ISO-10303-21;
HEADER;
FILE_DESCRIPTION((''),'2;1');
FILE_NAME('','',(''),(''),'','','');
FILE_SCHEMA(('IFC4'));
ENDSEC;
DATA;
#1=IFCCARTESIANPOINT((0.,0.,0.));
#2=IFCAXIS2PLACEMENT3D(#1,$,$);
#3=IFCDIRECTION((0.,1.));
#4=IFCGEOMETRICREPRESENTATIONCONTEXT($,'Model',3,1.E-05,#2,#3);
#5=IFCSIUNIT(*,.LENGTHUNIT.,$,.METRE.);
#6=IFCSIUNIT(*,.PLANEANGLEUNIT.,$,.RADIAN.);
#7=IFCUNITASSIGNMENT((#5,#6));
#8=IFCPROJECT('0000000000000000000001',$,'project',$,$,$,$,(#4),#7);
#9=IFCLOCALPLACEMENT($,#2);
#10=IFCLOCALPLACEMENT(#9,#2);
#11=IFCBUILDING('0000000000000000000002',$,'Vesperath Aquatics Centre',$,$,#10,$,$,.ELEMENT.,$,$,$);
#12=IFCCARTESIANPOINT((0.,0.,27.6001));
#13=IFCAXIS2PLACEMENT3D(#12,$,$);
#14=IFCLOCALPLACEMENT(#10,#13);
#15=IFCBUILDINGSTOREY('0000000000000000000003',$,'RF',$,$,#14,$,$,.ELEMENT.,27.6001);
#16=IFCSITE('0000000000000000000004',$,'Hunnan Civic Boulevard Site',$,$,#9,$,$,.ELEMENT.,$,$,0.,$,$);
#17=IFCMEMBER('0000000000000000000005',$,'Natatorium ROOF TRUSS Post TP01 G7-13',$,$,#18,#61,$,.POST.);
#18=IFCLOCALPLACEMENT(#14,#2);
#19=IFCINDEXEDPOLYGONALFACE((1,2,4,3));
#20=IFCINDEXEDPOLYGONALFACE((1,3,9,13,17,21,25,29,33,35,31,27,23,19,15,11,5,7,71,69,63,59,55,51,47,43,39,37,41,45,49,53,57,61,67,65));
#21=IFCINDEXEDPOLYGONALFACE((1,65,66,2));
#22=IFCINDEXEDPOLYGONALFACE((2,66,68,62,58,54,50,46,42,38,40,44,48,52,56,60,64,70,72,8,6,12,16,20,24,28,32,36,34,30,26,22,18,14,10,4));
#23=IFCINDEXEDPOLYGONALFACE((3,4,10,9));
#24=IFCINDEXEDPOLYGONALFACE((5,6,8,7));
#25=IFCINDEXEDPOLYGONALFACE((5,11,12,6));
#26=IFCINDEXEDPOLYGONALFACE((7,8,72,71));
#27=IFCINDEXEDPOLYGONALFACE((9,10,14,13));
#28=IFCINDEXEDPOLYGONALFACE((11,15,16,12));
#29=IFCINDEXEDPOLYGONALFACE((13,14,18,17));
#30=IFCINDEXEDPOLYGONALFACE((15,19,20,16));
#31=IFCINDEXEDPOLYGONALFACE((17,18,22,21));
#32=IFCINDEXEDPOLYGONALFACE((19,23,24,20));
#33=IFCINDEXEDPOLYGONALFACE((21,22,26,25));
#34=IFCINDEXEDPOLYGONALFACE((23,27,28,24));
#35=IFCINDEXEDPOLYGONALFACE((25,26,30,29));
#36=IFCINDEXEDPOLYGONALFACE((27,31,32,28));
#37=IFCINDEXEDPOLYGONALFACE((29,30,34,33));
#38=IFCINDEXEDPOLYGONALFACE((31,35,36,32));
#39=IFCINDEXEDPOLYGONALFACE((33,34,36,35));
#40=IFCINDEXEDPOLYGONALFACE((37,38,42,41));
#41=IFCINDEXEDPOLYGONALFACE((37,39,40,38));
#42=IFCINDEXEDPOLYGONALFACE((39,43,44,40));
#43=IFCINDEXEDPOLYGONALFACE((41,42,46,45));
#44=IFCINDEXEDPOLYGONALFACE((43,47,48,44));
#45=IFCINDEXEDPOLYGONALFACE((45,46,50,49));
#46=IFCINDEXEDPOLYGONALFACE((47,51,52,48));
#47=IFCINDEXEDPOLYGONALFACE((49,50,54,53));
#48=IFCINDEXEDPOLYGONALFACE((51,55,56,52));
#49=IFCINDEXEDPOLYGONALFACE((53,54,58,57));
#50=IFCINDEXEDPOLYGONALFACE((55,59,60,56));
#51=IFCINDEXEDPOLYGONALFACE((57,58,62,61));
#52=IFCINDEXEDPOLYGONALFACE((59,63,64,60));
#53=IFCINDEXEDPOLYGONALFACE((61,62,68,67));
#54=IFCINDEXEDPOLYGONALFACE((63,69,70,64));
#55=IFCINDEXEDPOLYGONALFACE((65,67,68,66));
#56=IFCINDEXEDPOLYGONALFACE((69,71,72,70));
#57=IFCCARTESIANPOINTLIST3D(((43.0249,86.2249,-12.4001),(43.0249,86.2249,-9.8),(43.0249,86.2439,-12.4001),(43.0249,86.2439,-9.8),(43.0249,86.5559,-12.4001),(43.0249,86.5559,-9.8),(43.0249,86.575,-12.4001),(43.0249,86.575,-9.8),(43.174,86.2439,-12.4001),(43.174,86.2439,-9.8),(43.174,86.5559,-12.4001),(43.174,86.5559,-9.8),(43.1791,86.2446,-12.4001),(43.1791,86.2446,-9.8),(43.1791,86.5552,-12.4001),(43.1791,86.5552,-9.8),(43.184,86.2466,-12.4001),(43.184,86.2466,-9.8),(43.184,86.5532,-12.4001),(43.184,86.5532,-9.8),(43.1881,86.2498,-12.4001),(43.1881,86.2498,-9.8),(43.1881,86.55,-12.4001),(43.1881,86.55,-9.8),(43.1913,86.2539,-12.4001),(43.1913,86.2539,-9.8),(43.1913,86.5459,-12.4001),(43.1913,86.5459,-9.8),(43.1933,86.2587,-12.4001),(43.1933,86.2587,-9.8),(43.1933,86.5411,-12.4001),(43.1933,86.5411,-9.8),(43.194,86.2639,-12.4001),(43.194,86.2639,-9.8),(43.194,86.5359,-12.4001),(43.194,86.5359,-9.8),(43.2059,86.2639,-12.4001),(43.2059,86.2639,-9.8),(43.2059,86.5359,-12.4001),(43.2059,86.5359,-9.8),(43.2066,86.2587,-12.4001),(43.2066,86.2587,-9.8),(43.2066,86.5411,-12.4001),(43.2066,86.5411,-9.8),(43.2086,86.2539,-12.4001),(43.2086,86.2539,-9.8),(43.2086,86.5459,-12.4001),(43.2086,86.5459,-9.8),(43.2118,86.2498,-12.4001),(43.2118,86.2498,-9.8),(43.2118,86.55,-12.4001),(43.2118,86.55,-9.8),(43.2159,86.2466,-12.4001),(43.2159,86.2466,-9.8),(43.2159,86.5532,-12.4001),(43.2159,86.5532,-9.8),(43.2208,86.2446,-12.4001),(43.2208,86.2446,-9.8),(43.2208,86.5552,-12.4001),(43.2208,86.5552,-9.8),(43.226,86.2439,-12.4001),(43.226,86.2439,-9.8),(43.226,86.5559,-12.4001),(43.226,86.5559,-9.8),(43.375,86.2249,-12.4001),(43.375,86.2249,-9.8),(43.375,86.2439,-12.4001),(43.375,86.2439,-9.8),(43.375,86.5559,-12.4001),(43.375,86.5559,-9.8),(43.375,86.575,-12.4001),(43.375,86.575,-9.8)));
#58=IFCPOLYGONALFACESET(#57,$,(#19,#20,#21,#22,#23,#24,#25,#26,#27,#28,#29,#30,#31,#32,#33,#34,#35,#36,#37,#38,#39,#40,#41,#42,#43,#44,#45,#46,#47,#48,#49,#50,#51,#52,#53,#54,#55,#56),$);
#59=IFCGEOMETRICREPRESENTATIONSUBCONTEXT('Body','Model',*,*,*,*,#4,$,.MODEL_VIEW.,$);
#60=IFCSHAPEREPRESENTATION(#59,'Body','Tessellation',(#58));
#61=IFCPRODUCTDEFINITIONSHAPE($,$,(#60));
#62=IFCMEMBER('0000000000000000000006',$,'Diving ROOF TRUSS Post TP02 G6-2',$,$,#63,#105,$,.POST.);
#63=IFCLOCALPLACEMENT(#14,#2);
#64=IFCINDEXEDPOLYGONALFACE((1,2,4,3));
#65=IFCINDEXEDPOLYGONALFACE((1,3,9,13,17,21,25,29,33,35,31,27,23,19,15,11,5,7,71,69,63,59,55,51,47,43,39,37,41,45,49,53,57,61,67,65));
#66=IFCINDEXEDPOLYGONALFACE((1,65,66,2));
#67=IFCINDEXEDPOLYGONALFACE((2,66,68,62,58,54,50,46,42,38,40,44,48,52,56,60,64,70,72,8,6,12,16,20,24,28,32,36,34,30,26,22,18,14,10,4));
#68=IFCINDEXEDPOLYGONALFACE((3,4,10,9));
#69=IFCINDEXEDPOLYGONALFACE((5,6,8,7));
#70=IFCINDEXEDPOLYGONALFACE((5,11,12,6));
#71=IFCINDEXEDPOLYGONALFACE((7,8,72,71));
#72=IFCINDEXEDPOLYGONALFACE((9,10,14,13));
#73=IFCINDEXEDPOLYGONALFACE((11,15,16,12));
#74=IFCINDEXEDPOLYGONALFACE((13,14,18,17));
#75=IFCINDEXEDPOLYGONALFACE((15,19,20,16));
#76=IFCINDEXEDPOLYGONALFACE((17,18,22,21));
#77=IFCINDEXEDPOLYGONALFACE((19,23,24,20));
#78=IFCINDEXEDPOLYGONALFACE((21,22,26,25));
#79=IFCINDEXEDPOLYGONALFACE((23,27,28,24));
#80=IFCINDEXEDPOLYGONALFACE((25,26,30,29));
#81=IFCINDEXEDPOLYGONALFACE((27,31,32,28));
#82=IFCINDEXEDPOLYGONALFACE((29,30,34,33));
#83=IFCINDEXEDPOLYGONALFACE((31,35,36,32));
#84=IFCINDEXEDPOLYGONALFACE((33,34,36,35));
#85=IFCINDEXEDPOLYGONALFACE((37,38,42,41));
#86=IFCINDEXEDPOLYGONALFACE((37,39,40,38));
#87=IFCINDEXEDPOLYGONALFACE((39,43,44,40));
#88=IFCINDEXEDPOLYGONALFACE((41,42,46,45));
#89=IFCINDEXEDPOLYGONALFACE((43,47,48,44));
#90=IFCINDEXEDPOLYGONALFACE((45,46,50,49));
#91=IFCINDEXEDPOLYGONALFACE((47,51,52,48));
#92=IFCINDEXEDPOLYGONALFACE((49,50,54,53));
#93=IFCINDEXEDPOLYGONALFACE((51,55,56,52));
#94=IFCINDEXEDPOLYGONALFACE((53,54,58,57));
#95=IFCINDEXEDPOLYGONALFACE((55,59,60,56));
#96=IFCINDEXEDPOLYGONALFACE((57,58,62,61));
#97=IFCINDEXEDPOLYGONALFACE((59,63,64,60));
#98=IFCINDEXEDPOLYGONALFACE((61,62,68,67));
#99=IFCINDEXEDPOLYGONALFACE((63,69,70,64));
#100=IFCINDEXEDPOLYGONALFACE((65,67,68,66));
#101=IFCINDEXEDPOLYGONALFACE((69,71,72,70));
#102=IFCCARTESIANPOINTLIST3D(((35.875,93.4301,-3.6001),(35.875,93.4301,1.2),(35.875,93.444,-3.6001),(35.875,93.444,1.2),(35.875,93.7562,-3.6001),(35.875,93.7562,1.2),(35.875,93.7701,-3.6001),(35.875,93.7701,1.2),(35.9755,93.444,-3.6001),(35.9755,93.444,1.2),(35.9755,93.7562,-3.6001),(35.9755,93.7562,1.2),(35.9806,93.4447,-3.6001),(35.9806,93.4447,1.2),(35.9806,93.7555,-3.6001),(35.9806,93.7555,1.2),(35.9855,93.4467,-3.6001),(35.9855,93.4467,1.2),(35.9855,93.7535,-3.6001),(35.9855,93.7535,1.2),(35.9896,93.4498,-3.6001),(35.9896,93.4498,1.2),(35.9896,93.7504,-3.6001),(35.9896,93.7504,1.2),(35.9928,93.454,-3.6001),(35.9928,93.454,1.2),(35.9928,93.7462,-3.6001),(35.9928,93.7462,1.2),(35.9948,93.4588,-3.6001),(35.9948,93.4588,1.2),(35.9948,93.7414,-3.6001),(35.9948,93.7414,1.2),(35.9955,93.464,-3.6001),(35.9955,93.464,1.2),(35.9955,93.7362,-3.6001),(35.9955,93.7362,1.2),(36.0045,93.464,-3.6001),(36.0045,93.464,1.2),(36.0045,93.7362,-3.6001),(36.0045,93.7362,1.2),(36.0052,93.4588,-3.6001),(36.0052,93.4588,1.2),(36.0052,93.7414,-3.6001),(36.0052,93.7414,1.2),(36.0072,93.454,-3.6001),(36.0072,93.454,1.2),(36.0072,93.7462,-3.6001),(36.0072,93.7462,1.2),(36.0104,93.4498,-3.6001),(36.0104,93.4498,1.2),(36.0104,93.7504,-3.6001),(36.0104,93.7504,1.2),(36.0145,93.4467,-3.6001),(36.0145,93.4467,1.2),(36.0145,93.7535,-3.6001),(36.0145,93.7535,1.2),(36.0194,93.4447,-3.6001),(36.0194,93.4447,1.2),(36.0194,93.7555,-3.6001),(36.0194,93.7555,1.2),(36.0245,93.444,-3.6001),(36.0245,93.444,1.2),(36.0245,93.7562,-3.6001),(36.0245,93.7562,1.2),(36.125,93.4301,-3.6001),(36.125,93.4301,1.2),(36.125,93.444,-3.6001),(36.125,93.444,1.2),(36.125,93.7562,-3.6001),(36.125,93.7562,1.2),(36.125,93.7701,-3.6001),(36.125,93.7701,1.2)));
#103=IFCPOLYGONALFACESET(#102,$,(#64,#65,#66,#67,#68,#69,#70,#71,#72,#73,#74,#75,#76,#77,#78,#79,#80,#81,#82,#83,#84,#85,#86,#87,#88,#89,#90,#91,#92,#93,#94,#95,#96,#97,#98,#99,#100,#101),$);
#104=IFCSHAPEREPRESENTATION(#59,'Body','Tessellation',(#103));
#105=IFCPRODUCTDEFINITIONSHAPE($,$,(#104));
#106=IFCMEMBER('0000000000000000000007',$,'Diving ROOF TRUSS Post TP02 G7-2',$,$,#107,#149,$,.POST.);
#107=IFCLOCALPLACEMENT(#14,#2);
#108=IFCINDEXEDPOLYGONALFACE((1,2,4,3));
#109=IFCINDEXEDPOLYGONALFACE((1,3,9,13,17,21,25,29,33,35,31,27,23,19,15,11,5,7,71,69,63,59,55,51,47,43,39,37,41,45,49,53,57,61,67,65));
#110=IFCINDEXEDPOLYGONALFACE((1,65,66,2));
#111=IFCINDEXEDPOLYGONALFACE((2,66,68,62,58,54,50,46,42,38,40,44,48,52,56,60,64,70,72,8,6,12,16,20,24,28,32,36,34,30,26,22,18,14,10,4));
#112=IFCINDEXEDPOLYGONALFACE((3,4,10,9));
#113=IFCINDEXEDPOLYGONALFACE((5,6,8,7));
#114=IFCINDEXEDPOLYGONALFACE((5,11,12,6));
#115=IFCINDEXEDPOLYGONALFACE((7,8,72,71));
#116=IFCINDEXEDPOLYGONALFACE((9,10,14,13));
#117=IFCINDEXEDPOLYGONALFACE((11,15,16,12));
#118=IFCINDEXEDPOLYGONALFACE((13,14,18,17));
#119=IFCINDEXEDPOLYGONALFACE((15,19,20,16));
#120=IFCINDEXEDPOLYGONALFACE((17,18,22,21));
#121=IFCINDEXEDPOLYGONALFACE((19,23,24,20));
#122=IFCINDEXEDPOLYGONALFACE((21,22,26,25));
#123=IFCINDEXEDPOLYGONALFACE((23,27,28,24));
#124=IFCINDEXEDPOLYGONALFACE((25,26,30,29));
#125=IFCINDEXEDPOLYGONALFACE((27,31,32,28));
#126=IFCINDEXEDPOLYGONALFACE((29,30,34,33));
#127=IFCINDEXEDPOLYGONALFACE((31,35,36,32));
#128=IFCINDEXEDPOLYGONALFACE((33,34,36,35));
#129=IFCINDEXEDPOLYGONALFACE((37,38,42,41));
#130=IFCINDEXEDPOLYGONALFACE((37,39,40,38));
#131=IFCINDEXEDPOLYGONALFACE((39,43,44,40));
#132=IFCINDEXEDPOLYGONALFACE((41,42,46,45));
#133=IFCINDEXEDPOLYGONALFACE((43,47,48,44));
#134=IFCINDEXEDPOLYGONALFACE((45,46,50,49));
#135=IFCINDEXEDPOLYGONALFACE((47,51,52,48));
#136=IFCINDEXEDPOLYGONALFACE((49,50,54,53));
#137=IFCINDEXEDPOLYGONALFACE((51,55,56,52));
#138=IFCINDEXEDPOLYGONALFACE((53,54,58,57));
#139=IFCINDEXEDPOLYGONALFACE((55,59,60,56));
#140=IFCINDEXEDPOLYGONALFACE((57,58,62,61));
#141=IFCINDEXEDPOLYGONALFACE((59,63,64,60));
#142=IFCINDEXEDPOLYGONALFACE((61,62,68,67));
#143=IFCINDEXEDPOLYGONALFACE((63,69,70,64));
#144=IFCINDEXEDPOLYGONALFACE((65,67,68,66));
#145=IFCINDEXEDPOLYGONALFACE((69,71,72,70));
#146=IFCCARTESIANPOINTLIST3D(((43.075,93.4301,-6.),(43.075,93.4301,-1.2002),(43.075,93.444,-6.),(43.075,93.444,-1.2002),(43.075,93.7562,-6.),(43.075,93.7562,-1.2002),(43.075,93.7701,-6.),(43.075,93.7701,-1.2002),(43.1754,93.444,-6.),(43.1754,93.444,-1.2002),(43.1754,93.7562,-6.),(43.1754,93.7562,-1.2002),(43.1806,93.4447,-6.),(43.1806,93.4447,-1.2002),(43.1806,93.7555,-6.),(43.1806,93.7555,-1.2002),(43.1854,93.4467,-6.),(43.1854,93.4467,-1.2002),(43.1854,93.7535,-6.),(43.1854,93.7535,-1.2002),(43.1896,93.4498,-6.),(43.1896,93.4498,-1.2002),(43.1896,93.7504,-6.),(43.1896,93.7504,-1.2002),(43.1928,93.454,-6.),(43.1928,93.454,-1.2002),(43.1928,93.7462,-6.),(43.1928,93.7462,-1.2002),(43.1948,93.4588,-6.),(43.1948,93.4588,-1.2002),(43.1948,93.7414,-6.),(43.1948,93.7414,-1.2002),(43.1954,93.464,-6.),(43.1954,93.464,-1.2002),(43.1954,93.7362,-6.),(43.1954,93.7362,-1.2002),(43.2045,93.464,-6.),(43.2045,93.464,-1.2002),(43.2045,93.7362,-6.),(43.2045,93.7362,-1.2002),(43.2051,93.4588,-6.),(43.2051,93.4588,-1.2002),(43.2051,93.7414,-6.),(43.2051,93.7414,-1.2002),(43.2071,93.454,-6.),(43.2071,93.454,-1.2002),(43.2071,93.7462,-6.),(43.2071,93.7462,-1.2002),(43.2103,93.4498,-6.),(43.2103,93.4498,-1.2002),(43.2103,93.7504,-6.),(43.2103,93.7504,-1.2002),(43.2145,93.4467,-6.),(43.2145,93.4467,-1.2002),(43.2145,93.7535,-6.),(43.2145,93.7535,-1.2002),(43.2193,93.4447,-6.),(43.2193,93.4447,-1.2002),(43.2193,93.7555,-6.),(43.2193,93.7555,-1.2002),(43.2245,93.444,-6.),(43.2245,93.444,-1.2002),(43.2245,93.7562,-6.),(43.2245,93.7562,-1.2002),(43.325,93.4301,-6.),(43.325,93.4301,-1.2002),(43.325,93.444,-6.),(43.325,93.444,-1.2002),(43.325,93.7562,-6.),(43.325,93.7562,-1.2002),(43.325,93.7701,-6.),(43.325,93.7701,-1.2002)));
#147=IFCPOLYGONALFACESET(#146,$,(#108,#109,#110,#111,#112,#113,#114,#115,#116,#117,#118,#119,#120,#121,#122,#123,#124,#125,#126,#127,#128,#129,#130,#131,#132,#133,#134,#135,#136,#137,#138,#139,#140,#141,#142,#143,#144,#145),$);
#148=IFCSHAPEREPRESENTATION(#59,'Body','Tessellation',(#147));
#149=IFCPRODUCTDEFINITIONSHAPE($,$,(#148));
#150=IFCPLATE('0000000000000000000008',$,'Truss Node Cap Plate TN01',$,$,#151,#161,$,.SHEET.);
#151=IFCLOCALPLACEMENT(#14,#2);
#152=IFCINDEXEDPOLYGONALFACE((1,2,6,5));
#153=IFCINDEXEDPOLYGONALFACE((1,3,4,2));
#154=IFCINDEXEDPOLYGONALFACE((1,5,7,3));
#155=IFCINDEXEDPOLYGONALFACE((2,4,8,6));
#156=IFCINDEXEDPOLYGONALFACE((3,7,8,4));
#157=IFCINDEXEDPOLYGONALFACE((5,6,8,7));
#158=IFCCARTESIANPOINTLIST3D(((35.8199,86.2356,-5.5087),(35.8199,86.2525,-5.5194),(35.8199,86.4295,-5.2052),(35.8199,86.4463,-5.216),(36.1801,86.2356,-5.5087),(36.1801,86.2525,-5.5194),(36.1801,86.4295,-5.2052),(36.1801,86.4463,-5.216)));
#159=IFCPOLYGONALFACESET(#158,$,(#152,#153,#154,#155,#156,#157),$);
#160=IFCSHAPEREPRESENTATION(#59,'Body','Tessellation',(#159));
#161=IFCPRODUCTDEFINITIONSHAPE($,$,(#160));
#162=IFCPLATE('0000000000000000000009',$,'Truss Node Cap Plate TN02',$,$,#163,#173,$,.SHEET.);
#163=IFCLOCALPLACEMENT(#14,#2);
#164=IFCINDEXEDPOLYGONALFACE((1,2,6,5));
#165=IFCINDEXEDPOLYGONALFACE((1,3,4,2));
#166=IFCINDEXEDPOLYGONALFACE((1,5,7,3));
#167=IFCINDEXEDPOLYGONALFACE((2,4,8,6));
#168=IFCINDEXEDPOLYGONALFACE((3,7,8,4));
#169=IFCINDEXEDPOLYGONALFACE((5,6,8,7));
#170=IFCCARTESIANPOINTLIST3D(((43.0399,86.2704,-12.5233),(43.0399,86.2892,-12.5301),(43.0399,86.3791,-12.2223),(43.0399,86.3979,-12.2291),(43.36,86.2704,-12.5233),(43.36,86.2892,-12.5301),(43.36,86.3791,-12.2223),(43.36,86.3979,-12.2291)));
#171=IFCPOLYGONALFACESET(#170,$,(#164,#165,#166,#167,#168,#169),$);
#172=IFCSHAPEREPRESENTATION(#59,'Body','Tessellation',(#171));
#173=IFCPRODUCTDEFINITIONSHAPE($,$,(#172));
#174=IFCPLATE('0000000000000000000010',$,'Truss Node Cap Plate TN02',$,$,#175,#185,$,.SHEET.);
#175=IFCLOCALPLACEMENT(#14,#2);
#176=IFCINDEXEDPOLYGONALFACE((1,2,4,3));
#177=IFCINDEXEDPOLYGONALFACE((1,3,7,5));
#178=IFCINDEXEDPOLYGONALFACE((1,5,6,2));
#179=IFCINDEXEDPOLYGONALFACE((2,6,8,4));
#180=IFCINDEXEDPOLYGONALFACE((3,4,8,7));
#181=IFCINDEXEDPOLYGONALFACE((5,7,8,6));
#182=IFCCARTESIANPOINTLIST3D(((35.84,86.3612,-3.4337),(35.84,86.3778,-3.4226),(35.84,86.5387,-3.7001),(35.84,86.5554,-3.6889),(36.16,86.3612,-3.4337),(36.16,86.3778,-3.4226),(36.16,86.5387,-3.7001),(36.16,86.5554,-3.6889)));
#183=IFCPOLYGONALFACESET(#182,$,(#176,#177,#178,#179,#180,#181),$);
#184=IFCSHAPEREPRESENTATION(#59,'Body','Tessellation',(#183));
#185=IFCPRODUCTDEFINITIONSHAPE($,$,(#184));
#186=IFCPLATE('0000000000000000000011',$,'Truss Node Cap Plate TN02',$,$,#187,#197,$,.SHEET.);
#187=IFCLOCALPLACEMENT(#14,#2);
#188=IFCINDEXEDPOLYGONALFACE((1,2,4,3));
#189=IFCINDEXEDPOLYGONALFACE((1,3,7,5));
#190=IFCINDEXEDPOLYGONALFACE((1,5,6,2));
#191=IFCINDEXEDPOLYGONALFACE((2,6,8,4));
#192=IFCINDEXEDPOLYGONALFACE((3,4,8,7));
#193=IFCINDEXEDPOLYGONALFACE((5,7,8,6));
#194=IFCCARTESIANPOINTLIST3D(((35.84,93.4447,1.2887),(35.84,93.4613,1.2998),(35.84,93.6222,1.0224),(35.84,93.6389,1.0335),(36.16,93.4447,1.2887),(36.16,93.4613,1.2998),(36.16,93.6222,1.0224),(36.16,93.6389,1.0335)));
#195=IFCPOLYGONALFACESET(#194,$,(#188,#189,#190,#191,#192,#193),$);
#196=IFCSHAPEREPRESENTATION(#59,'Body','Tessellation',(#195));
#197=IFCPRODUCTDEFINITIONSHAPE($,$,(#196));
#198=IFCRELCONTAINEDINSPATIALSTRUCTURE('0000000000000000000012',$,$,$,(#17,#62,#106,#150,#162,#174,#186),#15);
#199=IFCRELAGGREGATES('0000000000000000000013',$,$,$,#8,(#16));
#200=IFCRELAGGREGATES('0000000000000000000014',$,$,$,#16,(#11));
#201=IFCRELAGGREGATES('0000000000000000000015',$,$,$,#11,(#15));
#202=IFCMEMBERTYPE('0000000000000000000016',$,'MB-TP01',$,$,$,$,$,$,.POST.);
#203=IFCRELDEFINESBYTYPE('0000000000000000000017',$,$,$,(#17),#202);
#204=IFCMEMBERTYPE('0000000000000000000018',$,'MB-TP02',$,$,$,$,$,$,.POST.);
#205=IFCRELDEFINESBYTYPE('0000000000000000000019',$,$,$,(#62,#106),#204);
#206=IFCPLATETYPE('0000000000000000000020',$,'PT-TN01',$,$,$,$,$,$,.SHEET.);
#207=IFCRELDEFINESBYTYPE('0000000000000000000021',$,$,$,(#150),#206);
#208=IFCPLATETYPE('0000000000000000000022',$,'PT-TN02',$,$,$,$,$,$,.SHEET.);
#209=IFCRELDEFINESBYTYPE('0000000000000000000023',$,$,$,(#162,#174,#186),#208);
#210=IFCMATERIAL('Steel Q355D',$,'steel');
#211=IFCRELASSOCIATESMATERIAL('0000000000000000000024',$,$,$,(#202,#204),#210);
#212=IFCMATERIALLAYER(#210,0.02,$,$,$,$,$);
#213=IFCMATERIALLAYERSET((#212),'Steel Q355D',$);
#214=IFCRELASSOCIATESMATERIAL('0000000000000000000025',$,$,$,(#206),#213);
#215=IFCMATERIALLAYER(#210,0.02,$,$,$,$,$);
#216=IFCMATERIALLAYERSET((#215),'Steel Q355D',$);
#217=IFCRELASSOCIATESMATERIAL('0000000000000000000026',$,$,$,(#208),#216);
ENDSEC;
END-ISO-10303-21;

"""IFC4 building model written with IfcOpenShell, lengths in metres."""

from ifc_helpers import new_model, si_unit, direction, frame, origin, origin_2d, place, context, subcontext, project, spatial, rectangle, i_section, extrude, material, layer, layer_set, material_profile, profile_set, type_object, element, save


model = new_model("IFC4")

# Units and contexts
model_context = context("Model", 3, precision=1e-05, world=origin(), true_north=direction((0.0, 1.0)))
body_context = subcontext(model_context, "Body", "Model", "MODEL_VIEW")
ifc_project = project(units=[si_unit("LENGTHUNIT", "METRE"), si_unit("PLANEANGLEUNIT", "RADIAN")], contexts=[model_context])

# Site, building, storey
site_placement = place(None, origin())
site = spatial("IfcSite", under=ifc_project, at=site_placement, Name="Hunnan Civic Boulevard Site", CompositionType="ELEMENT", RefElevation=0.0)
building_placement = place(site_placement, origin())
building = spatial("IfcBuilding", under=site, at=building_placement, Name="Vesperath Aquatics Centre", CompositionType="ELEMENT")
storey_placement = place(building_placement, frame((0.0, 0.0, 27.6001)))
storey = spatial("IfcBuildingStorey", under=building, at=storey_placement, Name="RF", CompositionType="ELEMENT", Elevation=27.6001)

# Members
ifc_material_1 = material(Name="Steel Q355D", Category="steel")
ifc_material_profile_1 = material_profile(ifc_material_1, i_section(OverallWidth=0.3501, OverallDepth=0.3501, WebThickness=0.012, FlangeThickness=0.019, FilletRadius=0.02, at=origin_2d()), Name="HW 350x350x12x19")
ifc_profile_set_1 = profile_set([ifc_material_profile_1], Name="Steel Q355D")
member_type_1 = type_object("IfcMemberType", Name="MB-TP01", PredefinedType="POST", material=ifc_profile_set_1)
member_1_placement = place(storey_placement, frame((43.2, 86.3999, -12.4001), z_axis=(0.0, 0.0, 1.0), x_axis=(1.0, 0.0, 0.0)))
element("IfcMember", 1, at=member_1_placement, inside=storey, type_object=member_type_1, Name="Natatorium ROOF TRUSS Post TP01 G7-13", PredefinedType="POST", context=body_context, shape_type="SweptSolid", body=[
    extrude(i_section(OverallWidth=0.3501, OverallDepth=0.3501, WebThickness=0.012, FlangeThickness=0.019, FilletRadius=0.02, at=origin_2d()), origin(), (0.0, 0.0, 1.0), 2.6001),
])
ifc_material_profile_2 = material_profile(ifc_material_1, i_section(OverallWidth=0.25, OverallDepth=0.3401, WebThickness=0.009, FlangeThickness=0.0139, FilletRadius=0.02, at=origin_2d()), Name="HM 340x250x9x14")
ifc_profile_set_2 = profile_set([ifc_material_profile_2], Name="Steel Q355D")
member_type_2 = type_object("IfcMemberType", Name="MB-TP02", PredefinedType="POST", material=ifc_profile_set_2)
member_2_placement = place(storey_placement, frame((36.0, 93.6001, -3.6001), z_axis=(0.0, 0.0, 1.0), x_axis=(1.0, 0.0, 0.0)))
element("IfcMember", 2, at=member_2_placement, inside=storey, type_object=member_type_2, Name="Diving ROOF TRUSS Post TP02 G6-2", PredefinedType="POST", context=body_context, shape_type="SweptSolid", body=[
    extrude(i_section(OverallWidth=0.25, OverallDepth=0.3401, WebThickness=0.009, FlangeThickness=0.0139, FilletRadius=0.02, at=origin_2d()), origin(), (0.0, 0.0, 1.0), 4.8),
])
member_3_placement = place(storey_placement, frame((43.2, 93.6001, -6.0), z_axis=(0.0, 0.0, 1.0), x_axis=(1.0, 0.0, 0.0)))
element("IfcMember", 3, at=member_3_placement, inside=storey, type_object=member_type_2, Name="Diving ROOF TRUSS Post TP02 G7-2", PredefinedType="POST", context=body_context, shape_type="SweptSolid", body=[
    extrude(i_section(OverallWidth=0.25, OverallDepth=0.3401, WebThickness=0.009, FlangeThickness=0.0139, FilletRadius=0.02, at=origin_2d()), origin(), (0.0, 0.0, 1.0), 4.7998),
])

# Plates
ifc_layer_1 = layer(ifc_material_1, 0.02)
ifc_layer_set_1 = layer_set([ifc_layer_1], Name="Steel Q355D")
plate_type_1 = type_object("IfcPlateType", Name="PT-TN01", PredefinedType="SHEET", material=ifc_layer_set_1)
plate_1_placement = place(storey_placement, frame((36.0, 86.3325, -5.3569), z_axis=(0.0, 0.842696, -0.538389), x_axis=(-1.0, 0.0, 0.0)))
element("IfcPlate", 4, at=plate_1_placement, inside=storey, type_object=plate_type_1, Name="Truss Node Cap Plate TN01", PredefinedType="SHEET", context=body_context, shape_type="SweptSolid", body=[
    extrude(rectangle(XDim=0.3601, YDim=0.3601, at=origin_2d()), origin(), (0.0, 0.0, 1.0), 0.02),
])
ifc_layer_2 = layer(ifc_material_1, 0.02)
ifc_layer_set_2 = layer_set([ifc_layer_2], Name="Steel Q355D")
plate_type_2 = type_object("IfcPlateType", Name="PT-TN02", PredefinedType="SHEET", material=ifc_layer_set_2)
for number, where, z_axis, x_axis, name in (
    (5, (43.2, 86.3247, -12.3728), (0.0, 0.940554, -0.339644), (-1.0, 0.0, 0.0), "Truss Node Cap Plate TN02"),
    (6, (36.0, 86.45, -3.5669), (0.0, 0.83205, 0.5547), (-1.0, 0.0, 0.0), "Truss Node Cap Plate TN02"),
    (7, (36.0, 93.5334, 1.1555), (0.0, 0.83205, 0.5547), (-1.0, 0.0, 0.0), "Truss Node Cap Plate TN02"),
):
    element("IfcPlate", number, at=place(storey_placement, frame(where, z_axis=z_axis, x_axis=x_axis)), inside=storey, type_object=plate_type_2, Name=name, PredefinedType="SHEET", context=body_context, shape_type="SweptSolid", body=[
        extrude(rectangle(XDim=0.3201, YDim=0.3201, at=origin_2d()), origin(), (0.0, 0.0, 1.0), 0.02),
    ])

save(model, "model.ifc")
